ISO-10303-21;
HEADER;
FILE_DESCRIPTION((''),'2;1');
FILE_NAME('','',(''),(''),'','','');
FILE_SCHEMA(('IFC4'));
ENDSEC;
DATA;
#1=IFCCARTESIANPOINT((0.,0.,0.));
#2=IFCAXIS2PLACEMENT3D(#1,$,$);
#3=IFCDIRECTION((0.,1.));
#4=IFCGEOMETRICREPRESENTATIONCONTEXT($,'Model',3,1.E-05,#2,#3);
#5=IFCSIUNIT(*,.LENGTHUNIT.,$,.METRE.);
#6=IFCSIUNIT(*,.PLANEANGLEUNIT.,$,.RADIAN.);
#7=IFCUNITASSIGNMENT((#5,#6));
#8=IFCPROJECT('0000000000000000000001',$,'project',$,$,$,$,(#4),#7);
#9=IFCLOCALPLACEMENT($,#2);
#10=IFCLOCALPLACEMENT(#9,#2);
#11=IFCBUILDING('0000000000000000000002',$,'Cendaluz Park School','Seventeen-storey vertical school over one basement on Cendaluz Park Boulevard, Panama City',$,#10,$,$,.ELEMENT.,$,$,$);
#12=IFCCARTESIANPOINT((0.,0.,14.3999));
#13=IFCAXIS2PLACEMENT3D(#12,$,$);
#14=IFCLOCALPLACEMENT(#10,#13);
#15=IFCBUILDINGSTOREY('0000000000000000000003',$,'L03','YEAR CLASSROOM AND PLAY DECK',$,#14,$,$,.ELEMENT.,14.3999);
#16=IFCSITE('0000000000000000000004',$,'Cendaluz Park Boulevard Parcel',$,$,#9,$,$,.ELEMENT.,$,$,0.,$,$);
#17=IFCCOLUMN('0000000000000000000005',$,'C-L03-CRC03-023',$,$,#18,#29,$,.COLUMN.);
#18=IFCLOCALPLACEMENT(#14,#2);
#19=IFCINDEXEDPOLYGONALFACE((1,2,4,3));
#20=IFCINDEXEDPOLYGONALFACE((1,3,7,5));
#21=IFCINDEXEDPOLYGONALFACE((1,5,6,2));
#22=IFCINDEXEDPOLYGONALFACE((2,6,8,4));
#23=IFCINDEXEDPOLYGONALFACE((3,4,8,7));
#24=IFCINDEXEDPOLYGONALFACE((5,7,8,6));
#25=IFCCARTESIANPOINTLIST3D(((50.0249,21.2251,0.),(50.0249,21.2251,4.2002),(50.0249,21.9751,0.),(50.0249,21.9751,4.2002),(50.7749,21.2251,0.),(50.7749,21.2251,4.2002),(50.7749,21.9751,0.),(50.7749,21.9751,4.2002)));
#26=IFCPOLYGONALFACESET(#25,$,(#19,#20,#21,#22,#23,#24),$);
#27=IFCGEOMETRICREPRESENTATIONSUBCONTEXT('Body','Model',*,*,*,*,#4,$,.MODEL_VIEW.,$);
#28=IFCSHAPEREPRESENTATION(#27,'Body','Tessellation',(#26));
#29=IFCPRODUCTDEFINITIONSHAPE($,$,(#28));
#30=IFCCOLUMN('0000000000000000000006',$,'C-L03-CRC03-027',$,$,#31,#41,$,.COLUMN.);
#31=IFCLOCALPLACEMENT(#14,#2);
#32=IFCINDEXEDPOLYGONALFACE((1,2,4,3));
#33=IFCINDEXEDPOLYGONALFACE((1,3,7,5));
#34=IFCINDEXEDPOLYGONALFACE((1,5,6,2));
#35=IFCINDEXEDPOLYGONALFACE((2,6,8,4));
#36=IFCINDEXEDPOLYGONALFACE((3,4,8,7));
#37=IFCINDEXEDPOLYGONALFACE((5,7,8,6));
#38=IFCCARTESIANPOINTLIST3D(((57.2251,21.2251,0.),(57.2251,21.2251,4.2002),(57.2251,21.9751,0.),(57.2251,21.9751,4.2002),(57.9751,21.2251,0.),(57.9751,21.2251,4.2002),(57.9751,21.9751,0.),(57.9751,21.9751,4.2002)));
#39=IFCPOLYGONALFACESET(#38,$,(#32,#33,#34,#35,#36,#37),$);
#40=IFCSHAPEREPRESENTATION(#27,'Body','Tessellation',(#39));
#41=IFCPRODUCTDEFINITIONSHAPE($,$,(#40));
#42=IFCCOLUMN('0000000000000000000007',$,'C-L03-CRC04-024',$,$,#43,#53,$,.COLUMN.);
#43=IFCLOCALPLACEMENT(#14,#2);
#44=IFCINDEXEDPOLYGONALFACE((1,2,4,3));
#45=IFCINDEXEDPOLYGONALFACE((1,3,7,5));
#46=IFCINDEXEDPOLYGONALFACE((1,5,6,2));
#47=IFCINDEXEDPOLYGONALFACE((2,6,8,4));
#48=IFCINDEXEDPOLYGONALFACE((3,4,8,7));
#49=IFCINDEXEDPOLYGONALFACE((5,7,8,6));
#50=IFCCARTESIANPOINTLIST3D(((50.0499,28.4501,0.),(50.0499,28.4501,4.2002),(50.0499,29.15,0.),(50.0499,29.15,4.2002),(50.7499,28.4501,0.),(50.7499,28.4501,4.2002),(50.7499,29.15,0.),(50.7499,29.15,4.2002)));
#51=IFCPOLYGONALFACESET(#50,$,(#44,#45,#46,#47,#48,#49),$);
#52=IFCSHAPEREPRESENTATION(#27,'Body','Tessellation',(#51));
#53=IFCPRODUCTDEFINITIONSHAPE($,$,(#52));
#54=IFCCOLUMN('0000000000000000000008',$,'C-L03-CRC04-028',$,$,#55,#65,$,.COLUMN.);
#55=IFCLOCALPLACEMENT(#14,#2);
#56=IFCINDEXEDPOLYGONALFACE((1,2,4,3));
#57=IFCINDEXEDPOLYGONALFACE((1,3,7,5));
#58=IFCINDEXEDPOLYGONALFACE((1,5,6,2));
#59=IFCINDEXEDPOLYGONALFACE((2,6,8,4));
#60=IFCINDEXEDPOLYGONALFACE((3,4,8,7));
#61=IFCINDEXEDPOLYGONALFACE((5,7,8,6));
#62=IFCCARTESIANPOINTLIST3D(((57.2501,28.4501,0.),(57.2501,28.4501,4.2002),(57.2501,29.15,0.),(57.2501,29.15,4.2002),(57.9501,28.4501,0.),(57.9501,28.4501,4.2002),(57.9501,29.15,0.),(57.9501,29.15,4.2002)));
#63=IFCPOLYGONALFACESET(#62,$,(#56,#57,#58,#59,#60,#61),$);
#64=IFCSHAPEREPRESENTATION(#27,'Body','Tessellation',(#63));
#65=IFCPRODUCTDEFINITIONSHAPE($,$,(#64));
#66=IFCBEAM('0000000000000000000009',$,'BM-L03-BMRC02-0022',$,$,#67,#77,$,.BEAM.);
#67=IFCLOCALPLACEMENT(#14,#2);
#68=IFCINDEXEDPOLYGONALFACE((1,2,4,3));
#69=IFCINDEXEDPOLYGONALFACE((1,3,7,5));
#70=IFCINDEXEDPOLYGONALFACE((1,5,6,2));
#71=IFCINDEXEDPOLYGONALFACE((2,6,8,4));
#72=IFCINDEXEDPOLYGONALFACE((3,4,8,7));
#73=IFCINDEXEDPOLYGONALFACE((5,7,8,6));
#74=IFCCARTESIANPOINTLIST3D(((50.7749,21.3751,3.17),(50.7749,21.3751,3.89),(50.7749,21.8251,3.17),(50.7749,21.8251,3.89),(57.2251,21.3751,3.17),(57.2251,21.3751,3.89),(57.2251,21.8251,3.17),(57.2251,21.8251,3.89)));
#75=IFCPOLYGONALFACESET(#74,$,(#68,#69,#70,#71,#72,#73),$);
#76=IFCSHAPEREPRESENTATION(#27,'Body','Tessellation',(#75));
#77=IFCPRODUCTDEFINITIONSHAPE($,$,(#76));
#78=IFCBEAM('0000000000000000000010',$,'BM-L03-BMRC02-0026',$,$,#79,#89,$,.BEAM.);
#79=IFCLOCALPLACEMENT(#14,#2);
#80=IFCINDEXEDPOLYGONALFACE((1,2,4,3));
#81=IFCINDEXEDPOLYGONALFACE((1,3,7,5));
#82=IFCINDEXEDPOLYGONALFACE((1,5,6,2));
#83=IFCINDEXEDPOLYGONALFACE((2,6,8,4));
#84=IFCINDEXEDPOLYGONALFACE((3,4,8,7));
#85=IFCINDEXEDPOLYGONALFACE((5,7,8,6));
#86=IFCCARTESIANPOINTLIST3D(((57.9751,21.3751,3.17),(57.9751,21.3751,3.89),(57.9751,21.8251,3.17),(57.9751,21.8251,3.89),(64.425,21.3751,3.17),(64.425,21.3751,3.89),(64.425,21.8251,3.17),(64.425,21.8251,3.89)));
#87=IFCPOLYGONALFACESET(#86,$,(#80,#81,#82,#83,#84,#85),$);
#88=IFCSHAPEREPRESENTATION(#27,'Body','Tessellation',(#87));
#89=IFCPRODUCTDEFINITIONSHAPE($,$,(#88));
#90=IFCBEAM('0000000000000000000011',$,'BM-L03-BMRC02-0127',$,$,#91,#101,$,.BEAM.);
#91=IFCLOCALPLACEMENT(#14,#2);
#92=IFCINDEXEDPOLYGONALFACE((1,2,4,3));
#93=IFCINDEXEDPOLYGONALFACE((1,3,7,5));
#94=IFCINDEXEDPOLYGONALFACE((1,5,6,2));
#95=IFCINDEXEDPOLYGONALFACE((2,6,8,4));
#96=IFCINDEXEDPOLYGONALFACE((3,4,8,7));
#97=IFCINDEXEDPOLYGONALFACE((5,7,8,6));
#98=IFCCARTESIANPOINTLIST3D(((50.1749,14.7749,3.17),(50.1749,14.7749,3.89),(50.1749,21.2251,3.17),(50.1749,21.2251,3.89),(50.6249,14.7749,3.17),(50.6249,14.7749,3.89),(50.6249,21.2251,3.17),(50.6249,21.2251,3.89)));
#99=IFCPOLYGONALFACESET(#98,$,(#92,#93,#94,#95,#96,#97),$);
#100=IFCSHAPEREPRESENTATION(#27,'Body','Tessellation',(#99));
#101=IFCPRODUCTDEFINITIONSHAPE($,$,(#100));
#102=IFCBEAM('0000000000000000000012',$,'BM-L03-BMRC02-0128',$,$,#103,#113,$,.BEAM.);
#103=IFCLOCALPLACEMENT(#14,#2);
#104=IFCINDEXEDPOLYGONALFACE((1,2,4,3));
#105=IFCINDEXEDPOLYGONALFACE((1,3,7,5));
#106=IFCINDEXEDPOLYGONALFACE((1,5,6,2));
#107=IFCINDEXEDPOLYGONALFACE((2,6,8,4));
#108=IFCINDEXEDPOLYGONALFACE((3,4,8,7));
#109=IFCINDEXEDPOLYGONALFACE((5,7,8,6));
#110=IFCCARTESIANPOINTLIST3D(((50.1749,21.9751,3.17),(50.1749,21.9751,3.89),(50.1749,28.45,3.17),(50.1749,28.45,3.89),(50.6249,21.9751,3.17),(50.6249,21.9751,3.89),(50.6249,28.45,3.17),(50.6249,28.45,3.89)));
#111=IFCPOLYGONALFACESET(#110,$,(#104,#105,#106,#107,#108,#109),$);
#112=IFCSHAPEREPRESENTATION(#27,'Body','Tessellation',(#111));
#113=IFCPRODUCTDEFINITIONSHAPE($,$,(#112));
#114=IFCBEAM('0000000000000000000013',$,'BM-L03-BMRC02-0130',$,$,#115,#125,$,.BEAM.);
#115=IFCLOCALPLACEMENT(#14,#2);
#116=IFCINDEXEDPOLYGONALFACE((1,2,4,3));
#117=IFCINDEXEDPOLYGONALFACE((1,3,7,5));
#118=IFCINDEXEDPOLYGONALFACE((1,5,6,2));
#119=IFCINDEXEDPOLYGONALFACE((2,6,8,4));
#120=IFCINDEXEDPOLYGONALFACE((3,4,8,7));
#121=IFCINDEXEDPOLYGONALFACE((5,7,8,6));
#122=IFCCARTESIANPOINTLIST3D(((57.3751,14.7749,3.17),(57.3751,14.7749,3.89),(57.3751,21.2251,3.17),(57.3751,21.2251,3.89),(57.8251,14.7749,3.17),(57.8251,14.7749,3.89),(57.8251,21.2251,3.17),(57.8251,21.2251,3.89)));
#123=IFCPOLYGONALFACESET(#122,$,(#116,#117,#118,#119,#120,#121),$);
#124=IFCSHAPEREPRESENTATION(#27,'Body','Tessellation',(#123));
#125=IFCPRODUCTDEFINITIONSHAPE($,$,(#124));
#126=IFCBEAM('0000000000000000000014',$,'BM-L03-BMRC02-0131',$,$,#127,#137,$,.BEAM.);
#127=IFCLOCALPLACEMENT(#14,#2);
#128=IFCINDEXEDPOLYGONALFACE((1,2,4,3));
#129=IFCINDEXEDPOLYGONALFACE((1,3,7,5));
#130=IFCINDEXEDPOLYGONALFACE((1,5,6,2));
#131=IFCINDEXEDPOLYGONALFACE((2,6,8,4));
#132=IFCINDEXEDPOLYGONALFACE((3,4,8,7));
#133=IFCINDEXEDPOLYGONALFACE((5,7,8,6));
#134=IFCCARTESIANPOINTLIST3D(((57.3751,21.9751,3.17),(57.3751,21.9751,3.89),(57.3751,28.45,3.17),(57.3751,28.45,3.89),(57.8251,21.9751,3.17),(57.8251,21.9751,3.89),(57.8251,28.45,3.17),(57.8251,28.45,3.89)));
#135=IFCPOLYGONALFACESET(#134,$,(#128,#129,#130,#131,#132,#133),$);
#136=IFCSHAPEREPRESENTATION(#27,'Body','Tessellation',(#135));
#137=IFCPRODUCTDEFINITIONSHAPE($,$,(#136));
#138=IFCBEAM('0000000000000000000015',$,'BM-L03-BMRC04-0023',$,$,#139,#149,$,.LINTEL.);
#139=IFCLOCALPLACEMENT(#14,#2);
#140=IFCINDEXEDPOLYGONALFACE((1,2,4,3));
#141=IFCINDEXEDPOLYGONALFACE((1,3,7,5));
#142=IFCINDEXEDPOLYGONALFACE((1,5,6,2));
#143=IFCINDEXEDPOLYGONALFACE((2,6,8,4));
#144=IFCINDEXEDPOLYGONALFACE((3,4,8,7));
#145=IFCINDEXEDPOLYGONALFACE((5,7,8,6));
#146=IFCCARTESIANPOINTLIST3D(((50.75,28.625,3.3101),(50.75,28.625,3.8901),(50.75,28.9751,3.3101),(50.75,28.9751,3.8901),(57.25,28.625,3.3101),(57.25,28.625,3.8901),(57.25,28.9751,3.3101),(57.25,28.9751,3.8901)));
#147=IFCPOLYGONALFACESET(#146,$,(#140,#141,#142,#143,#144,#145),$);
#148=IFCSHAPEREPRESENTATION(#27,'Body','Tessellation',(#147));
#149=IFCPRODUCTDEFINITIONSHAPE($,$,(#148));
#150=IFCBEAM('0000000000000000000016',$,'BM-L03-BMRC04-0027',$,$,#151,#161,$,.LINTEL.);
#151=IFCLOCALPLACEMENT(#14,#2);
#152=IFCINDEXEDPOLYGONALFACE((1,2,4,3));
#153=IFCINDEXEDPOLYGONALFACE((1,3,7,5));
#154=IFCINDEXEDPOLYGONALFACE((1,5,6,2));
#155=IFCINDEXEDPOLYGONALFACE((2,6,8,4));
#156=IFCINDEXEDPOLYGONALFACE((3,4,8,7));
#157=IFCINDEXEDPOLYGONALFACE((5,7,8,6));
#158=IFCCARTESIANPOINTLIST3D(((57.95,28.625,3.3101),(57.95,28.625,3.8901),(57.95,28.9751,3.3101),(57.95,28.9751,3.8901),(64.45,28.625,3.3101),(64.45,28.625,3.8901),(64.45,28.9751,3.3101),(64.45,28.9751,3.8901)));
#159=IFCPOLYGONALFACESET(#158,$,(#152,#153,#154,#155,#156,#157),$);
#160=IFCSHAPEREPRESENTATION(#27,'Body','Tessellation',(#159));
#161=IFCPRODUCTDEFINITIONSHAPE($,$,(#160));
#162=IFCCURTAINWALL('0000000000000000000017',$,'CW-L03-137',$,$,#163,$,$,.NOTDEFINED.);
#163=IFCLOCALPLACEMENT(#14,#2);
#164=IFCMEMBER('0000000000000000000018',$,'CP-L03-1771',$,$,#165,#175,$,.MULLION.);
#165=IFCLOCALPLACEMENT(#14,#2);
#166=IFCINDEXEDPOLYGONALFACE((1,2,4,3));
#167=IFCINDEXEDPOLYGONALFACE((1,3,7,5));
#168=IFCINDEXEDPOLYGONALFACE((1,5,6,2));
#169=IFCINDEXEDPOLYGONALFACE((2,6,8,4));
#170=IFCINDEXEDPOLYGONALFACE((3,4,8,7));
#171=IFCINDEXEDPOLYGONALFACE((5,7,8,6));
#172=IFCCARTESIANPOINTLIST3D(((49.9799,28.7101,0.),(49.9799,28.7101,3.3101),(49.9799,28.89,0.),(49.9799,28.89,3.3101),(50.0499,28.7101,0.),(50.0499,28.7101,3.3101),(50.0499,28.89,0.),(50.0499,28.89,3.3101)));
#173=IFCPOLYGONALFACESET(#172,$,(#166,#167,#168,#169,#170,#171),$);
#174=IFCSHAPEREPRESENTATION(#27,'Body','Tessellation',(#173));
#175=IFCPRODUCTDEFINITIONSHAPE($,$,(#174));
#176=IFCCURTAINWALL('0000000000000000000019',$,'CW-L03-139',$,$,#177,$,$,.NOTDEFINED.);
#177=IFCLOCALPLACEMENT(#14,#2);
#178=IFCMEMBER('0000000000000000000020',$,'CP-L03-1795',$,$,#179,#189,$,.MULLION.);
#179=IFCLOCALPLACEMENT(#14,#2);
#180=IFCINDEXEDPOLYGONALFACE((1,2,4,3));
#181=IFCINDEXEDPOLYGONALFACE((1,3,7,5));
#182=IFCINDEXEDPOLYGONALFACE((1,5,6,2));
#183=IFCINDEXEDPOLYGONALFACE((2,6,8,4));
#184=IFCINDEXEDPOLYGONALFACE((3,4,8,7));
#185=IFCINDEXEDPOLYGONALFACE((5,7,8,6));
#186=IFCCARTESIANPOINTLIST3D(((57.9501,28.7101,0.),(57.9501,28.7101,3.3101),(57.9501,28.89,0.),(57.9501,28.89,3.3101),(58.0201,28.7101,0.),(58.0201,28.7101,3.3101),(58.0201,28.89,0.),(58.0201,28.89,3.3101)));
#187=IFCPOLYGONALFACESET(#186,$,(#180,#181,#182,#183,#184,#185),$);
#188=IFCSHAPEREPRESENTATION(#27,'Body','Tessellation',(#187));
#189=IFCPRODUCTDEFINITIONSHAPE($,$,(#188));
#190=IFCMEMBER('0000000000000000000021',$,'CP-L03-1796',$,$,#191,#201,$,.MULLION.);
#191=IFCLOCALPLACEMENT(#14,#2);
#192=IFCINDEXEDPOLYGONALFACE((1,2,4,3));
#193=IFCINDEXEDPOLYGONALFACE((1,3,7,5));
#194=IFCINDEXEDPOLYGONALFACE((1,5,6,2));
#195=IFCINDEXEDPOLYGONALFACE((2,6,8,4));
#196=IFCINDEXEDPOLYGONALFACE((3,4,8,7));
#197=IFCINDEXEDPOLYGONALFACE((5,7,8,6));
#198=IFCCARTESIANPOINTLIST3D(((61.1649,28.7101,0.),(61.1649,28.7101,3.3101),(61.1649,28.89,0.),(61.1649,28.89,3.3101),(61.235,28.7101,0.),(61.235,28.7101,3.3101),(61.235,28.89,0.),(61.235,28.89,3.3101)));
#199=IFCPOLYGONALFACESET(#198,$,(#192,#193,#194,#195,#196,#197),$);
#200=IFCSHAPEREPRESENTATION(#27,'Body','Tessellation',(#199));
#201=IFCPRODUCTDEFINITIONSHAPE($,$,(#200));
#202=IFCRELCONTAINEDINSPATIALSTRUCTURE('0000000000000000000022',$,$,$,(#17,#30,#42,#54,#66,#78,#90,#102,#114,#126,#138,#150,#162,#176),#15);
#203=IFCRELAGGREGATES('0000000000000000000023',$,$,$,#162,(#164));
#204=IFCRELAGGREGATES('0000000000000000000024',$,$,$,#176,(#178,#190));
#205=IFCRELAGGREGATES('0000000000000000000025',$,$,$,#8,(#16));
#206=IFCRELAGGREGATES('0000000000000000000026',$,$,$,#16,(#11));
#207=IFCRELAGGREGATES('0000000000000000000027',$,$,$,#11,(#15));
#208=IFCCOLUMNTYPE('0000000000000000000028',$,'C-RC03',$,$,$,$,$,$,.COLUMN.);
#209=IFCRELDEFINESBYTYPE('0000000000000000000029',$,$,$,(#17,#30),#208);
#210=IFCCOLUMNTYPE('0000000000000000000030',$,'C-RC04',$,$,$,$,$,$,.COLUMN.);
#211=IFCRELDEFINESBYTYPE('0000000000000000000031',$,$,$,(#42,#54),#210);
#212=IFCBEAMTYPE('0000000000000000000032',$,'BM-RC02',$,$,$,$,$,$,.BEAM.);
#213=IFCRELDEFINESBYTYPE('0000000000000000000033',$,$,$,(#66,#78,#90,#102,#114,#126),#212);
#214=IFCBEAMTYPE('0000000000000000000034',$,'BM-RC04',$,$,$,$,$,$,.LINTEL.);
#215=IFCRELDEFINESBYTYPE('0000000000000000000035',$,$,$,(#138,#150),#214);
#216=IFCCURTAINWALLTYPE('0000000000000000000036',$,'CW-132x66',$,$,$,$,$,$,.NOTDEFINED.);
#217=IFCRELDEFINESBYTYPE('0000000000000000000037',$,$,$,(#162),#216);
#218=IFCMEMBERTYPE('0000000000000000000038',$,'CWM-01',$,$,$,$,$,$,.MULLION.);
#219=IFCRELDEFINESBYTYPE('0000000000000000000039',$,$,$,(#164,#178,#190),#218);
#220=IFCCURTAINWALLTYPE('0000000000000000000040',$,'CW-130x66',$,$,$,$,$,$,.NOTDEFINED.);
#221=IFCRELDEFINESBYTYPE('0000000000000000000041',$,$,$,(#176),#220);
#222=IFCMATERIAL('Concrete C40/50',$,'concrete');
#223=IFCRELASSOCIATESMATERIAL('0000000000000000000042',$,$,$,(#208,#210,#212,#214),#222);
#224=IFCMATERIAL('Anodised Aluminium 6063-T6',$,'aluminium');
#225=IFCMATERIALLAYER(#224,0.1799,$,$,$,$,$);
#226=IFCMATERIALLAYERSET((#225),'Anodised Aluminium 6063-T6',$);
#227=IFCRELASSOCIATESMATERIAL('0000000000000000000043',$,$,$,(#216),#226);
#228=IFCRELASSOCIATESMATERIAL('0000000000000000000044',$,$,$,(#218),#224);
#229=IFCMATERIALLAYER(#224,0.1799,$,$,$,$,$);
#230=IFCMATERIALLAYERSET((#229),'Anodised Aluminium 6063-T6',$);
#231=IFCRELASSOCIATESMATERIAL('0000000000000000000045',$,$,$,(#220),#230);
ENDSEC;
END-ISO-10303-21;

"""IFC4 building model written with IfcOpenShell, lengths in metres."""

from ifc_helpers import new_model, si_unit, direction, frame, origin, origin_2d, place, context, subcontext, project, spatial, rectangle, extrude, material, layer, layer_set, material_profile, profile_set, type_object, element, aggregate, save


model = new_model("IFC4")

# Units and contexts
model_context = context("Model", 3, precision=1e-05, world=origin(), true_north=direction((0.0, 1.0)))
body_context = subcontext(model_context, "Body", "Model", "MODEL_VIEW")
ifc_project = project(units=[si_unit("LENGTHUNIT", "METRE"), si_unit("PLANEANGLEUNIT", "RADIAN")], contexts=[model_context])

# Site, building, storey
site_placement = place(None, origin())
site = spatial("IfcSite", under=ifc_project, at=site_placement, Name="Cendaluz Park Boulevard Parcel", CompositionType="ELEMENT", RefElevation=0.0)
building_placement = place(site_placement, origin())
building = spatial("IfcBuilding", under=site, at=building_placement, Name="Cendaluz Park School", Description="Seventeen-storey vertical school over one basement on Cendaluz Park Boulevard, Panama City", CompositionType="ELEMENT")
storey_placement = place(building_placement, frame((0.0, 0.0, 14.3999)))
storey = spatial("IfcBuildingStorey", under=building, at=storey_placement, Name="L03", Description="YEAR CLASSROOM AND PLAY DECK", CompositionType="ELEMENT", Elevation=14.3999)

# Columns
ifc_material_1 = material(Name="Concrete C40/50", Category="concrete")
ifc_material_profile_1 = material_profile(ifc_material_1, rectangle(XDim=0.75, YDim=0.75, at=origin_2d()), Name="RC 750x750", Category="concrete")
ifc_profile_set_1 = profile_set([ifc_material_profile_1], Name="Concrete C40/50")
column_type_1 = type_object("IfcColumnType", Name="C-RC03", PredefinedType="COLUMN", material=ifc_profile_set_1)
for number, where, z_axis, x_axis, name in (
    (1, (50.3999, 21.6001, 0.0), (0.0, 0.0, 1.0), (1.0, 0.0, 0.0), "C-L03-CRC03-023"),
    (2, (57.6001, 21.6001, 0.0), (0.0, 0.0, 1.0), (1.0, 0.0, 0.0), "C-L03-CRC03-027"),
):
    element("IfcColumn", number, at=place(storey_placement, frame(where, z_axis=z_axis, x_axis=x_axis)), inside=storey, type_object=column_type_1, Name=name, PredefinedType="COLUMN", context=body_context, shape_type="SweptSolid", body=[
        extrude(rectangle(XDim=0.75, YDim=0.75, at=origin_2d()), origin(), (0.0, 0.0, 1.0), 4.2002),
    ])
ifc_material_profile_2 = material_profile(ifc_material_1, rectangle(XDim=0.7, YDim=0.7, at=origin_2d()), Name="RC 700x700", Category="concrete")
ifc_profile_set_2 = profile_set([ifc_material_profile_2], Name="Concrete C40/50")
column_type_2 = type_object("IfcColumnType", Name="C-RC04", PredefinedType="COLUMN", material=ifc_profile_set_2)
for number, where, z_axis, x_axis, name in (
    (3, (50.3999, 28.8, 0.0), (0.0, 0.0, 1.0), (1.0, 0.0, 0.0), "C-L03-CRC04-024"),
    (4, (57.6001, 28.8, 0.0), (0.0, 0.0, 1.0), (1.0, 0.0, 0.0), "C-L03-CRC04-028"),
):
    element("IfcColumn", number, at=place(storey_placement, frame(where, z_axis=z_axis, x_axis=x_axis)), inside=storey, type_object=column_type_2, Name=name, PredefinedType="COLUMN", context=body_context, shape_type="SweptSolid", body=[
        extrude(rectangle(XDim=0.7, YDim=0.7, at=origin_2d()), origin(), (0.0, 0.0, 1.0), 4.2002),
    ])

# Beams
ifc_material_profile_3 = material_profile(ifc_material_1, rectangle(XDim=0.45, YDim=0.72, at=origin_2d()), Name="RC 450x720", Category="concrete")
ifc_profile_set_3 = profile_set([ifc_material_profile_3], Name="Concrete C40/50")
beam_type_1 = type_object("IfcBeamType", Name="BM-RC02", PredefinedType="BEAM", material=ifc_profile_set_3)
beam_1_placement = place(storey_placement, frame((50.7749, 21.6001, 3.53), z_axis=(1.0, 0.0, 0.0), x_axis=(0.0, 1.0, 0.0)))
element("IfcBeam", 5, at=beam_1_placement, inside=storey, type_object=beam_type_1, Name="BM-L03-BMRC02-0022", PredefinedType="BEAM", context=body_context, shape_type="SweptSolid", body=[
    extrude(rectangle(XDim=0.45, YDim=0.72, at=origin_2d()), origin(), (0.0, 0.0, 1.0), 6.4502),
])
beam_2_placement = place(storey_placement, frame((57.9751, 21.6001, 3.53), z_axis=(1.0, 0.0, 0.0), x_axis=(0.0, 1.0, 0.0)))
element("IfcBeam", 6, at=beam_2_placement, inside=storey, type_object=beam_type_1, Name="BM-L03-BMRC02-0026", PredefinedType="BEAM", context=body_context, shape_type="SweptSolid", body=[
    extrude(rectangle(XDim=0.45, YDim=0.72, at=origin_2d()), origin(), (0.0, 0.0, 1.0), 6.45),
])
beam_3_placement = place(storey_placement, frame((50.3999, 14.7749, 3.53), z_axis=(0.0, 1.0, 0.0), x_axis=(-1.0, 0.0, 0.0)))
element("IfcBeam", 7, at=beam_3_placement, inside=storey, type_object=beam_type_1, Name="BM-L03-BMRC02-0127", PredefinedType="BEAM", context=body_context, shape_type="SweptSolid", body=[
    extrude(rectangle(XDim=0.45, YDim=0.72, at=origin_2d()), origin(), (0.0, 0.0, 1.0), 6.4502),
])
beam_4_placement = place(storey_placement, frame((50.3999, 21.9751, 3.53), z_axis=(0.0, 1.0, 0.0), x_axis=(-1.0, 0.0, 0.0)))
element("IfcBeam", 8, at=beam_4_placement, inside=storey, type_object=beam_type_1, Name="BM-L03-BMRC02-0128", PredefinedType="BEAM", context=body_context, shape_type="SweptSolid", body=[
    extrude(rectangle(XDim=0.45, YDim=0.72, at=origin_2d()), origin(), (0.0, 0.0, 1.0), 6.4749),
])
beam_5_placement = place(storey_placement, frame((57.6001, 14.7749, 3.53), z_axis=(0.0, 1.0, 0.0), x_axis=(-1.0, 0.0, 0.0)))
element("IfcBeam", 9, at=beam_5_placement, inside=storey, type_object=beam_type_1, Name="BM-L03-BMRC02-0130", PredefinedType="BEAM", context=body_context, shape_type="SweptSolid", body=[
    extrude(rectangle(XDim=0.45, YDim=0.72, at=origin_2d()), origin(), (0.0, 0.0, 1.0), 6.4502),
])
beam_6_placement = place(storey_placement, frame((57.6001, 21.9751, 3.53), z_axis=(0.0, 1.0, 0.0), x_axis=(-1.0, 0.0, 0.0)))
element("IfcBeam", 10, at=beam_6_placement, inside=storey, type_object=beam_type_1, Name="BM-L03-BMRC02-0131", PredefinedType="BEAM", context=body_context, shape_type="SweptSolid", body=[
    extrude(rectangle(XDim=0.45, YDim=0.72, at=origin_2d()), origin(), (0.0, 0.0, 1.0), 6.4749),
])
ifc_material_profile_4 = material_profile(ifc_material_1, rectangle(XDim=0.3501, YDim=0.5801, at=origin_2d()), Name="RC 350x580", Category="concrete")
ifc_profile_set_4 = profile_set([ifc_material_profile_4], Name="Concrete C40/50")
beam_type_2 = type_object("IfcBeamType", Name="BM-RC04", PredefinedType="LINTEL", material=ifc_profile_set_4)
for number, where, z_axis, x_axis, name in (
    (11, (50.75, 28.8, 3.6001), (1.0, 0.0, 0.0), (0.0, 1.0, 0.0), "BM-L03-BMRC04-0023"),
    (12, (57.95, 28.8, 3.6001), (1.0, 0.0, 0.0), (0.0, 1.0, 0.0), "BM-L03-BMRC04-0027"),
):
    element("IfcBeam", number, at=place(storey_placement, frame(where, z_axis=z_axis, x_axis=x_axis)), inside=storey, type_object=beam_type_2, Name=name, PredefinedType="LINTEL", context=body_context, shape_type="SweptSolid", body=[
        extrude(rectangle(XDim=0.3501, YDim=0.5801, at=origin_2d()), origin(), (0.0, 0.0, 1.0), 6.5),
    ])

# Curtain wall, member
ifc_material_2 = material(Name="Anodised Aluminium 6063-T6", Category="aluminium")
ifc_layer_1 = layer(ifc_material_2, 0.1799)
ifc_layer_set_1 = layer_set([ifc_layer_1], Name="Anodised Aluminium 6063-T6")
curtain_wall_type_1 = type_object("IfcCurtainWallType", Name="CW-132x66", PredefinedType="NOTDEFINED", material=ifc_layer_set_1)
curtain_wall_1_placement = place(storey_placement, origin())
curtain_wall_1 = element("IfcCurtainWall", 13, at=curtain_wall_1_placement, inside=storey, type_object=curtain_wall_type_1, Name="CW-L03-137", PredefinedType="NOTDEFINED")
ifc_material_profile_5 = material_profile(ifc_material_2, rectangle(XDim=0.1799, YDim=0.0701, at=origin_2d()), Name="CWM 180x70", Category="aluminium")
ifc_profile_set_5 = profile_set([ifc_material_profile_5], Name="Anodised Aluminium 6063-T6")
member_type_1 = type_object("IfcMemberType", Name="CWM-01", PredefinedType="MULLION", material=ifc_profile_set_5)
member_1_placement = place(storey_placement, frame((50.0149, 28.8, 0.0), z_axis=(0.0, 0.0, 1.0), x_axis=(0.0, 1.0, 0.0)))
member_1 = element("IfcMember", 14, at=member_1_placement, type_object=member_type_1, Name="CP-L03-1771", PredefinedType="MULLION", context=body_context, shape_type="SweptSolid", body=[
    extrude(rectangle(XDim=0.1799, YDim=0.0701, at=origin_2d()), origin(), (0.0, 0.0, 1.0), 3.3101),
])

# Curtain wall, members
ifc_layer_2 = layer(ifc_material_2, 0.1799)
ifc_layer_set_2 = layer_set([ifc_layer_2], Name="Anodised Aluminium 6063-T6")
curtain_wall_type_2 = type_object("IfcCurtainWallType", Name="CW-130x66", PredefinedType="NOTDEFINED", material=ifc_layer_set_2)
curtain_wall_2_placement = place(storey_placement, origin())
curtain_wall_2 = element("IfcCurtainWall", 15, at=curtain_wall_2_placement, inside=storey, type_object=curtain_wall_type_2, Name="CW-L03-139", PredefinedType="NOTDEFINED")
member_2_placement = place(storey_placement, frame((57.9851, 28.8, 0.0), z_axis=(0.0, 0.0, 1.0), x_axis=(0.0, 1.0, 0.0)))
member_2 = element("IfcMember", 16, at=member_2_placement, type_object=member_type_1, Name="CP-L03-1795", PredefinedType="MULLION", context=body_context, shape_type="SweptSolid", body=[
    extrude(rectangle(XDim=0.1799, YDim=0.0701, at=origin_2d()), origin(), (0.0, 0.0, 1.0), 3.3101),
])
member_3_placement = place(storey_placement, frame((61.2, 28.8, 0.0), z_axis=(0.0, 0.0, 1.0), x_axis=(0.0, 1.0, 0.0)))
member_3 = element("IfcMember", 17, at=member_3_placement, type_object=member_type_1, Name="CP-L03-1796", PredefinedType="MULLION", context=body_context, shape_type="SweptSolid", body=[
    extrude(rectangle(XDim=0.1799, YDim=0.0701, at=origin_2d()), origin(), (0.0, 0.0, 1.0), 3.3101),
])

aggregate(curtain_wall_1, [member_1])
aggregate(curtain_wall_2, [member_2, member_3])

save(model, "model.ifc")
